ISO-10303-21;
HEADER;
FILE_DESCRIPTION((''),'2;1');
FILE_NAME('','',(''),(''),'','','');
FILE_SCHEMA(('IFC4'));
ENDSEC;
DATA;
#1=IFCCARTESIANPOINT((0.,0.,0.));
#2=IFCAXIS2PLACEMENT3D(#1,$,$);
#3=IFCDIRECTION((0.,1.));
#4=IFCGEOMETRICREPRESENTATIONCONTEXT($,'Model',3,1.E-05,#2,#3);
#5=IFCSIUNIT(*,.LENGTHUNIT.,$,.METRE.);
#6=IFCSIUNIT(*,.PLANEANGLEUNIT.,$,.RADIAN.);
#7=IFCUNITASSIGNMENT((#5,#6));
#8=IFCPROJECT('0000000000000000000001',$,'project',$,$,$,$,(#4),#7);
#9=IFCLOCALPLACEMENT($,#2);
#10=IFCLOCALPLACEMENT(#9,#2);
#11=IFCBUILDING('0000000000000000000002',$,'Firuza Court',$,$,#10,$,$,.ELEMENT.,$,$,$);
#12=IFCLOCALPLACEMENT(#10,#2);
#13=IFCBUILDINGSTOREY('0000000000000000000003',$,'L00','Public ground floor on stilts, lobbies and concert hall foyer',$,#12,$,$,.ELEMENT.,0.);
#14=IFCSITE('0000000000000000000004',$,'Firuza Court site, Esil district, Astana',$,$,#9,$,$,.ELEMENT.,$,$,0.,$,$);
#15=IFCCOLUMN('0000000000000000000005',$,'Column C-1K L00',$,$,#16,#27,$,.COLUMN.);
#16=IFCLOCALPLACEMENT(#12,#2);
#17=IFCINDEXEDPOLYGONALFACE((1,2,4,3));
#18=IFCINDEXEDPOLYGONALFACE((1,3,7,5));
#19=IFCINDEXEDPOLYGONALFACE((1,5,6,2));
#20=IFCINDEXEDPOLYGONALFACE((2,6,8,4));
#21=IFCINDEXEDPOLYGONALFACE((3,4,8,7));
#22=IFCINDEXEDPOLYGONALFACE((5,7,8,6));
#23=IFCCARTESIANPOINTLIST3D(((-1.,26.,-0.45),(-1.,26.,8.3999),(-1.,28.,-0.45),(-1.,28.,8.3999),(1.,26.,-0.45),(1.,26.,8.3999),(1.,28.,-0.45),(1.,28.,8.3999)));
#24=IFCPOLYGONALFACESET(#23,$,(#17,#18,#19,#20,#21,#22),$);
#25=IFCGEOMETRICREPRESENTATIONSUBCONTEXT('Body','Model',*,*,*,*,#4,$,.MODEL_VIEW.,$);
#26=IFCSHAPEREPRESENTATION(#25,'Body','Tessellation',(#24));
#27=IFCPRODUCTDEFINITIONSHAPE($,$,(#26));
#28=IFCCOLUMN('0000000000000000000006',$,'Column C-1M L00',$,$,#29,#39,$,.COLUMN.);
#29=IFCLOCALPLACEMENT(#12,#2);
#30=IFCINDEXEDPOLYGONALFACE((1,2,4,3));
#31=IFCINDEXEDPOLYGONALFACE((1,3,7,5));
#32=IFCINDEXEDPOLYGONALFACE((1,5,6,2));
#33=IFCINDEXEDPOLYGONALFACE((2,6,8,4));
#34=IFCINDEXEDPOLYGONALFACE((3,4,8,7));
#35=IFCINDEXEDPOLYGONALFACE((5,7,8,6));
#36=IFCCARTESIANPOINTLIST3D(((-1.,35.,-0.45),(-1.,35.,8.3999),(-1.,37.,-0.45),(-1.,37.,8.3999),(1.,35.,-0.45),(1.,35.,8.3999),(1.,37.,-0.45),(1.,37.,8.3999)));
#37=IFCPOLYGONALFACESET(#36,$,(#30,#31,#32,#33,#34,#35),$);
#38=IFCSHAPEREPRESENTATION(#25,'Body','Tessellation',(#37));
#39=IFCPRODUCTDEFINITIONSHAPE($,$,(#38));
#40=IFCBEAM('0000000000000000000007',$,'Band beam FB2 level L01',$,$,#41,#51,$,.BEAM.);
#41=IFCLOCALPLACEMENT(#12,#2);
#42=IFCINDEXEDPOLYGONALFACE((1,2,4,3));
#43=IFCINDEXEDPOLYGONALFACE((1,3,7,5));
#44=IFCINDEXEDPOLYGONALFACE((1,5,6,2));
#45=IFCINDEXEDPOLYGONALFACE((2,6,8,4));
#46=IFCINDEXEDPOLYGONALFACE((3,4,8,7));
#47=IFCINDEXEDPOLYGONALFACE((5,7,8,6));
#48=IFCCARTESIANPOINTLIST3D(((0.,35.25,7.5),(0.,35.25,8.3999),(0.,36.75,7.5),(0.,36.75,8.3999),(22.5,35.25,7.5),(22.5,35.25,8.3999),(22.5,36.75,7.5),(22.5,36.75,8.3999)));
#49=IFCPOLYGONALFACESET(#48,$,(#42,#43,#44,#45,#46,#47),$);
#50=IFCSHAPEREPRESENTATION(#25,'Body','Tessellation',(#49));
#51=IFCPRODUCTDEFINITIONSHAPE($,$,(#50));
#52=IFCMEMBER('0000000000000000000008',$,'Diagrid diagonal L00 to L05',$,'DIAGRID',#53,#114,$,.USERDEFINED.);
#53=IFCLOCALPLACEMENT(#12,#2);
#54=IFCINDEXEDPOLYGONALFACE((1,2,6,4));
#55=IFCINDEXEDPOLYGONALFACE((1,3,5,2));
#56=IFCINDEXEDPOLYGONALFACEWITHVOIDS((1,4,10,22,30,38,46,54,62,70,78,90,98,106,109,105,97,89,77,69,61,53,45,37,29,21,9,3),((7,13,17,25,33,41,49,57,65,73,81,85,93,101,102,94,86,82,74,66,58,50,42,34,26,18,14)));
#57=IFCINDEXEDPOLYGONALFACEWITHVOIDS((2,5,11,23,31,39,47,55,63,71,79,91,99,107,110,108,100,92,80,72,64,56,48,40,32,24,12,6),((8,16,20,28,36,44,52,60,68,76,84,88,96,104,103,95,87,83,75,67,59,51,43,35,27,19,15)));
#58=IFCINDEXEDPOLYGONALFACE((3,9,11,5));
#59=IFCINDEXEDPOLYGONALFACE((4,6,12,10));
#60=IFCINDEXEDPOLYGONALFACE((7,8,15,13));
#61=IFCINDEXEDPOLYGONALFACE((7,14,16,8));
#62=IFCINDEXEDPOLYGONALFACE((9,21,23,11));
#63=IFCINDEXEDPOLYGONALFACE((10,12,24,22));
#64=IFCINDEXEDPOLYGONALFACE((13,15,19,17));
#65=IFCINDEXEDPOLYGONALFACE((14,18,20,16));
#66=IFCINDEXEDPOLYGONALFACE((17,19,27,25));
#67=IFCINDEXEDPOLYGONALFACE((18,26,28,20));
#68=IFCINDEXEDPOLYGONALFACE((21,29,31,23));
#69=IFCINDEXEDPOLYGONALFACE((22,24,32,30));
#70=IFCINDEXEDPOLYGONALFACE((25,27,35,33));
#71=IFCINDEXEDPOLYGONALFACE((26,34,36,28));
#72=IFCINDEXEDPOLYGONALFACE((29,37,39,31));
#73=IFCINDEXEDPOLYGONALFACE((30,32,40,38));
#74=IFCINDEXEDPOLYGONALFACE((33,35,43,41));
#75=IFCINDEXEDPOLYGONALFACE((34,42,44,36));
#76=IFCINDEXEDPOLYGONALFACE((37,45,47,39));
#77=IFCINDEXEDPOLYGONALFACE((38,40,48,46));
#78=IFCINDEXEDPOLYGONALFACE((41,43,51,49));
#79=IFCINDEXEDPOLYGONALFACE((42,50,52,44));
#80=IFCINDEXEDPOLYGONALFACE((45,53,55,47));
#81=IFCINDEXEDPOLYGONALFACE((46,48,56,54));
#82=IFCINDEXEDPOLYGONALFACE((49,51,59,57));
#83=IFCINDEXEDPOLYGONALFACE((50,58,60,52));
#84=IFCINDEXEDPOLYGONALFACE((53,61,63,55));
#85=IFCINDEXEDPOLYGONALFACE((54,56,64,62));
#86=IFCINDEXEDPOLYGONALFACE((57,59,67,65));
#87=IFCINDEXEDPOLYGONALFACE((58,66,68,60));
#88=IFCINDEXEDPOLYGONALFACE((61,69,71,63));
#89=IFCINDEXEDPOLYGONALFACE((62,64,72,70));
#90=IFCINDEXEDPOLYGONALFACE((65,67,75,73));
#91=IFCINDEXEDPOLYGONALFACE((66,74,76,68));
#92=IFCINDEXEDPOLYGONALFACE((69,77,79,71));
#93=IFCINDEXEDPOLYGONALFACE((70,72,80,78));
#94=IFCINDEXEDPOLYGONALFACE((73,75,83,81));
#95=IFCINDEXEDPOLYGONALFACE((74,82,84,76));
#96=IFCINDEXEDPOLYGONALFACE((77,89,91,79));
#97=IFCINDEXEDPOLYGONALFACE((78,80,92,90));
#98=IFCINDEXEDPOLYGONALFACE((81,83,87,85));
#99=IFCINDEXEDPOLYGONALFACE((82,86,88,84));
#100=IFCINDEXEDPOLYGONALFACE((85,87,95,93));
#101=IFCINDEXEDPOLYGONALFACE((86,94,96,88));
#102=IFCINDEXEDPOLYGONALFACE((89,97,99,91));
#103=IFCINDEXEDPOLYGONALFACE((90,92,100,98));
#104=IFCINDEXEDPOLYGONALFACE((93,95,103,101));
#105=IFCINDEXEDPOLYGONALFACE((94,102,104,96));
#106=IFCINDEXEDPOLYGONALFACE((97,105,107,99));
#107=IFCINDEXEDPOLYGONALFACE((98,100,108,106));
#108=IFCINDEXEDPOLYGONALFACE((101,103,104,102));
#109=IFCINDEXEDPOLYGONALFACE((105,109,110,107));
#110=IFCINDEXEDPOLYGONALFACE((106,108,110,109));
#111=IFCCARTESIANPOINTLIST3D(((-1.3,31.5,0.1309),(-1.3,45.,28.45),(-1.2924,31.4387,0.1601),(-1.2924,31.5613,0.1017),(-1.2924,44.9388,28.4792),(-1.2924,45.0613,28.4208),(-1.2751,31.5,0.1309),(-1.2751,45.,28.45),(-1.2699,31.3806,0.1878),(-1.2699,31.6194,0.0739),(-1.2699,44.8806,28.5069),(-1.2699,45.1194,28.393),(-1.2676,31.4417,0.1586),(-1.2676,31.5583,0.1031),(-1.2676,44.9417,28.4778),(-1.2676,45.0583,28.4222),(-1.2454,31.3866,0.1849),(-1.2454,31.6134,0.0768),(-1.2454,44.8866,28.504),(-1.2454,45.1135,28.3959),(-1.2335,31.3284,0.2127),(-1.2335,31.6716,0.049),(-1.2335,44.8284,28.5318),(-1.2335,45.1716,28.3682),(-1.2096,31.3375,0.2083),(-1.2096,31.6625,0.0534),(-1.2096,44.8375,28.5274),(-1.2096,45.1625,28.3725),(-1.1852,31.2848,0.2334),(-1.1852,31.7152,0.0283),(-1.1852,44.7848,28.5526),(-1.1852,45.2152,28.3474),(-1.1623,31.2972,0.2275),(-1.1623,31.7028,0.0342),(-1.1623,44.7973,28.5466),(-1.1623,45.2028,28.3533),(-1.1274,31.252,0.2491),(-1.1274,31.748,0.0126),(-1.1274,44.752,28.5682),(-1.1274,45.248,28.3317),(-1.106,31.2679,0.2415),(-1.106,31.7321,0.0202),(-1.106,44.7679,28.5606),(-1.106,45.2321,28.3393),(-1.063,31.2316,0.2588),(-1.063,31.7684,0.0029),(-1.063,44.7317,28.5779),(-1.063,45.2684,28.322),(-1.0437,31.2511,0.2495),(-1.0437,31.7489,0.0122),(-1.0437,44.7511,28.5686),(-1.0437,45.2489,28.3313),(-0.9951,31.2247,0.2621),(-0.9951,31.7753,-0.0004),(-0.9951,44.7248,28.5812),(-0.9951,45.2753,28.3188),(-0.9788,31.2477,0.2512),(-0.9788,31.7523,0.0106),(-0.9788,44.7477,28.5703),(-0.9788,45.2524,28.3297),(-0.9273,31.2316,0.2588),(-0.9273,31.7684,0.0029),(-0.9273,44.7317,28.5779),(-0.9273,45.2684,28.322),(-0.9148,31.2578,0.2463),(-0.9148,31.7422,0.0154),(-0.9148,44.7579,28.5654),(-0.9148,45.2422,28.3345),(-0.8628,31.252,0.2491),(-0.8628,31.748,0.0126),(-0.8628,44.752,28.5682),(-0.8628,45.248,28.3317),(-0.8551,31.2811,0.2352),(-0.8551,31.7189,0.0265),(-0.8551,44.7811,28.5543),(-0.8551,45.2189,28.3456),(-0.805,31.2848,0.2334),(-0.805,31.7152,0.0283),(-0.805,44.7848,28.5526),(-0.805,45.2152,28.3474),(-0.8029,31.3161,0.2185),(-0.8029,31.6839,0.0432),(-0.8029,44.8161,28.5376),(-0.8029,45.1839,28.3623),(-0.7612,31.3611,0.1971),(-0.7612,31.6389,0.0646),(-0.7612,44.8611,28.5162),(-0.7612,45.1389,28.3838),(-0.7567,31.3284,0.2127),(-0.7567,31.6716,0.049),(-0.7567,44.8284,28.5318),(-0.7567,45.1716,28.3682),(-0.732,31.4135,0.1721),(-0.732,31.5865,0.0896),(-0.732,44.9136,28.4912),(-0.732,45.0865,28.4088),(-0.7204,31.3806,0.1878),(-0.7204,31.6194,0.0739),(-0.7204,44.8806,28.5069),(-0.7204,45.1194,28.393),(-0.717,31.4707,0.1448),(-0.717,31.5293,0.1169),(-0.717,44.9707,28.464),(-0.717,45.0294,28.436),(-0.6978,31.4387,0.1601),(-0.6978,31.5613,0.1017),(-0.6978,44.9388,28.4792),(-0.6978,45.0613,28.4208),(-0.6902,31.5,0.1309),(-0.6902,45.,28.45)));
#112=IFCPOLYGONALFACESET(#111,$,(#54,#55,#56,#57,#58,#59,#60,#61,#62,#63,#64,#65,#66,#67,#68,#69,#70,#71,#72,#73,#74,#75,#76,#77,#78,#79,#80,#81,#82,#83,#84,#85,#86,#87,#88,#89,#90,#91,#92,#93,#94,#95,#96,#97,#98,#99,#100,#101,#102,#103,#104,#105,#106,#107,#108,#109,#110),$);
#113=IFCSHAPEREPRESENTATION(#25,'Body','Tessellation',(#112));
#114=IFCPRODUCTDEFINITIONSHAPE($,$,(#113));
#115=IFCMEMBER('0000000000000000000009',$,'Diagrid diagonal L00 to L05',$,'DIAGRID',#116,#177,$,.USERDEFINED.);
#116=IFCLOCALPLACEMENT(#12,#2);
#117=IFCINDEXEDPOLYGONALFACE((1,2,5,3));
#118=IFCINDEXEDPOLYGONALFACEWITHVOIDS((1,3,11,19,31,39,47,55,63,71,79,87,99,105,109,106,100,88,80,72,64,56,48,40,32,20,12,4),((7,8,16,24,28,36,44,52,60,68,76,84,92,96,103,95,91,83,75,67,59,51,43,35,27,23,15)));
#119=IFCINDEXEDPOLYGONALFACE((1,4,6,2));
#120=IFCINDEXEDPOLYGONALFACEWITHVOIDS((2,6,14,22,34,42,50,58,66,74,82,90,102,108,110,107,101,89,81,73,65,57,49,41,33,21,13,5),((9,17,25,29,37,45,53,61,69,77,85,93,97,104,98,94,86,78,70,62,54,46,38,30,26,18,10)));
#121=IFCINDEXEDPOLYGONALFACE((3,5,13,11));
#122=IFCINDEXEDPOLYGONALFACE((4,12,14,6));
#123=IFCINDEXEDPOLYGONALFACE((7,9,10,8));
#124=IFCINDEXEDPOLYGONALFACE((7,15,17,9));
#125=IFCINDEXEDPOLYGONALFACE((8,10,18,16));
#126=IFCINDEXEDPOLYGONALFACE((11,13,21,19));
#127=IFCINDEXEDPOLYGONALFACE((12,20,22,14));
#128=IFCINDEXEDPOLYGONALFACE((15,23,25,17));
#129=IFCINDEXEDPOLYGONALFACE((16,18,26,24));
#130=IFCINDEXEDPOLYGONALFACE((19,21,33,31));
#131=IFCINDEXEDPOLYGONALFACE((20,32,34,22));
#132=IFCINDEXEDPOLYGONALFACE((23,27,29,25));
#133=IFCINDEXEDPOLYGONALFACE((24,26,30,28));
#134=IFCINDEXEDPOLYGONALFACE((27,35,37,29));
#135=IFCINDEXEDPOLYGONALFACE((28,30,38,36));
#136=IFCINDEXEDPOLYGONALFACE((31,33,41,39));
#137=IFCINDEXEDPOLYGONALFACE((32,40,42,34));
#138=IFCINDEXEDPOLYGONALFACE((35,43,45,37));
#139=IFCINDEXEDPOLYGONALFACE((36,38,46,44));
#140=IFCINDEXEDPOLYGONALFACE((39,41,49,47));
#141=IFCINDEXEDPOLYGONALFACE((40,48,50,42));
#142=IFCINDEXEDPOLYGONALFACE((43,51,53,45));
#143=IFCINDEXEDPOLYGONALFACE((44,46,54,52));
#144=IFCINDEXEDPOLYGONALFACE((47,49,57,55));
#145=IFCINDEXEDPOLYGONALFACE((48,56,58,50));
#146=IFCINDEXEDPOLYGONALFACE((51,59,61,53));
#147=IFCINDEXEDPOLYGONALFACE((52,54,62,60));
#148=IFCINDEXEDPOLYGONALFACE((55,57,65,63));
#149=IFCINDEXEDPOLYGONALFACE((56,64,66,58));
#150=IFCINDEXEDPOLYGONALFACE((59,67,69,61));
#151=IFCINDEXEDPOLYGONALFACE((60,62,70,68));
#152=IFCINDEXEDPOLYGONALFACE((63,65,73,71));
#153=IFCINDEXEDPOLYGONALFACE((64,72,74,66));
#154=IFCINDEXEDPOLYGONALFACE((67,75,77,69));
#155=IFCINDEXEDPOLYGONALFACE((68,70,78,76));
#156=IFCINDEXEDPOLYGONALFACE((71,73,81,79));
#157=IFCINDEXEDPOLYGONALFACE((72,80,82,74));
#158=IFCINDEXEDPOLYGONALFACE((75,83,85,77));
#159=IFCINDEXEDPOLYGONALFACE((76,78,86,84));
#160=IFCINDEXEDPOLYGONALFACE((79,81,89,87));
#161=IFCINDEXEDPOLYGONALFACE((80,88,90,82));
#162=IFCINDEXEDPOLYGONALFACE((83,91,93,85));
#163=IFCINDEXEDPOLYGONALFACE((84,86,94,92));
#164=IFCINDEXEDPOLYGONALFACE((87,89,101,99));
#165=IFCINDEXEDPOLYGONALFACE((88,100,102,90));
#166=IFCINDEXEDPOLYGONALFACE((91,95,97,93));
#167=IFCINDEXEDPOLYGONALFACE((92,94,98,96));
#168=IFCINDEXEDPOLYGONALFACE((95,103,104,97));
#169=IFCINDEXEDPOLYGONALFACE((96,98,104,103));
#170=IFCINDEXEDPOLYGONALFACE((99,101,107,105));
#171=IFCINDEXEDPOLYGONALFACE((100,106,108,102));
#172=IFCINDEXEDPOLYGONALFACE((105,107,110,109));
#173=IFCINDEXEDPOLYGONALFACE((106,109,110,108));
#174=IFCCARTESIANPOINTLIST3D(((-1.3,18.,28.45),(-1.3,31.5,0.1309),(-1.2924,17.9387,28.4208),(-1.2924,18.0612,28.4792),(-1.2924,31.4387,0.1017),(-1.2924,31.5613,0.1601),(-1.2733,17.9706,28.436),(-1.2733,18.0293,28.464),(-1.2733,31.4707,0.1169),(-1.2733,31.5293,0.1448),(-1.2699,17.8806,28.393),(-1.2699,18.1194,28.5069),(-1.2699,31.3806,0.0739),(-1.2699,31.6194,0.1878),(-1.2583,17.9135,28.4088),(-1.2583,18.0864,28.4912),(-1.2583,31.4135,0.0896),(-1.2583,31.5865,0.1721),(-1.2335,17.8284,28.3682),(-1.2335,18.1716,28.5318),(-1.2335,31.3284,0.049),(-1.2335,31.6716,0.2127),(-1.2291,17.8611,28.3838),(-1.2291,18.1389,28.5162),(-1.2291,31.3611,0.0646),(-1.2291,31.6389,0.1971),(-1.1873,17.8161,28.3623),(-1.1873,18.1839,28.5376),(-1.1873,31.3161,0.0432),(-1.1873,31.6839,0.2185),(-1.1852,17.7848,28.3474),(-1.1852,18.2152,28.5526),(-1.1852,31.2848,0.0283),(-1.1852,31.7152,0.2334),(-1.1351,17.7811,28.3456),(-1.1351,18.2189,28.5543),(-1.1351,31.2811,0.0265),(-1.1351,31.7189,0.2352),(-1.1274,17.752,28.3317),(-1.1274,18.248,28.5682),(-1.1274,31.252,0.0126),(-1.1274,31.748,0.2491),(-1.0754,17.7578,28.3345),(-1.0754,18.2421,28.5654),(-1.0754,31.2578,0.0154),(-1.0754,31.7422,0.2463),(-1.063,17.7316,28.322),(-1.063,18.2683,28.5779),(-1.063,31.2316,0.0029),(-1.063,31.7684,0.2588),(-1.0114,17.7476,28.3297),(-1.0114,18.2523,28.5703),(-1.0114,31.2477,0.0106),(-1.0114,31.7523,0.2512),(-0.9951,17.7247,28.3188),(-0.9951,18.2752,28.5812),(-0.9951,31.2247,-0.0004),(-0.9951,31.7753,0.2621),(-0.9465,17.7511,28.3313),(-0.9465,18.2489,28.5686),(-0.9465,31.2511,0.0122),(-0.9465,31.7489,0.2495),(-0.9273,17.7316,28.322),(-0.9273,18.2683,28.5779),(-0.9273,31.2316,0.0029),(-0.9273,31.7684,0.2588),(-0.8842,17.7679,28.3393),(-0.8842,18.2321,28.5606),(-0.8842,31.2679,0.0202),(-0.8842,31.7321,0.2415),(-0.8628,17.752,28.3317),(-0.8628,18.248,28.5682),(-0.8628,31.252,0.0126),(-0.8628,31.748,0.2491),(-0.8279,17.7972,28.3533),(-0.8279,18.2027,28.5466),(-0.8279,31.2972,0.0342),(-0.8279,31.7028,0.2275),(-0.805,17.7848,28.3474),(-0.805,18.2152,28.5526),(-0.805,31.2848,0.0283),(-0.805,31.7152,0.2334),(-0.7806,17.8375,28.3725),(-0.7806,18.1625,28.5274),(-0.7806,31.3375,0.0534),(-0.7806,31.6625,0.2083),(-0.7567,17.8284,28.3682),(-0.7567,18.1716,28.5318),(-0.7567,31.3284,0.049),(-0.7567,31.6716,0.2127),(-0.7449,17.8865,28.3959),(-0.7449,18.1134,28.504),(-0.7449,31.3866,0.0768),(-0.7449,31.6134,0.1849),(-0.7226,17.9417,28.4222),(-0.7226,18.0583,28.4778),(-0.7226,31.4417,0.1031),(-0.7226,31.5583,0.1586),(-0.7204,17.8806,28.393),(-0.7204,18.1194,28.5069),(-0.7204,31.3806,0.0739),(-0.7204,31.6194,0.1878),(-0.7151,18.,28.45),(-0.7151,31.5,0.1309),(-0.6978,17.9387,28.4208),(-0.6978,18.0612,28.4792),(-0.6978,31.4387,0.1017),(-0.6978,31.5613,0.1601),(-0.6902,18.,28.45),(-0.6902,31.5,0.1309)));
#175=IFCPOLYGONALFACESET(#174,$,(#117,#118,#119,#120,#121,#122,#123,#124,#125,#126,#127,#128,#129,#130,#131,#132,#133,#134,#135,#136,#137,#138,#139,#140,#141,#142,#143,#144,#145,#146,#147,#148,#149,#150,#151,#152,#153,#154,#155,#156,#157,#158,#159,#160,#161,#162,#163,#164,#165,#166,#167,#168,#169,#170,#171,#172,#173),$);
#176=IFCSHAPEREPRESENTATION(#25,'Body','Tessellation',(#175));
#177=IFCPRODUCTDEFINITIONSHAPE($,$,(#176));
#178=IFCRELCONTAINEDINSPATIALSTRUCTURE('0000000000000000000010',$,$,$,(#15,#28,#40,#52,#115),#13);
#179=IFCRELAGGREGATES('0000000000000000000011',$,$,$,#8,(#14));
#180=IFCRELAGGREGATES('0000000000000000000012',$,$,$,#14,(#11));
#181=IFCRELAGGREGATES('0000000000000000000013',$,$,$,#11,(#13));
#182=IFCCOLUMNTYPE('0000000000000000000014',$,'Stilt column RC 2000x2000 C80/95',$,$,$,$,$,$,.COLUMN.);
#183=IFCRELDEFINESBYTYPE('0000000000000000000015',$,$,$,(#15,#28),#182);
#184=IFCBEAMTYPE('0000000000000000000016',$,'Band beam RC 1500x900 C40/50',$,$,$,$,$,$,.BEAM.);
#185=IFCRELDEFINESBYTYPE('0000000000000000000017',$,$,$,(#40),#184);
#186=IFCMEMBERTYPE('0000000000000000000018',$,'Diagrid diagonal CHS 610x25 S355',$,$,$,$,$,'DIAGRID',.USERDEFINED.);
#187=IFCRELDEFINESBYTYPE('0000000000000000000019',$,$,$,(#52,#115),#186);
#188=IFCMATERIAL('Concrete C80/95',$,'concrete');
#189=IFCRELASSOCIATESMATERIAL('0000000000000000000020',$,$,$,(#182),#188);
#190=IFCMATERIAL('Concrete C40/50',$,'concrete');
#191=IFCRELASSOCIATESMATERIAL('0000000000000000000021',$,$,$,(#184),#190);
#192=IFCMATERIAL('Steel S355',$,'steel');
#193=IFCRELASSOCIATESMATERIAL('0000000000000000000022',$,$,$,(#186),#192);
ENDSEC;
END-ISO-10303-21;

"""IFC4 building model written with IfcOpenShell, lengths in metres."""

from ifc_helpers import new_model, si_unit, direction, frame, origin, origin_2d, place, context, subcontext, project, spatial, rectangle, hollow_circle, extrude, material, material_profile, profile_set, type_object, element, save


model = new_model("IFC4")

# Units and contexts
model_context = context("Model", 3, precision=1e-05, world=origin(), true_north=direction((0.0, 1.0)))
body_context = subcontext(model_context, "Body", "Model", "MODEL_VIEW")
ifc_project = project(units=[si_unit("LENGTHUNIT", "METRE"), si_unit("PLANEANGLEUNIT", "RADIAN")], contexts=[model_context])

# Site, building, storey
site_placement = place(None, origin())
site = spatial("IfcSite", under=ifc_project, at=site_placement, Name="Firuza Court site, Esil district, Astana", CompositionType="ELEMENT", RefElevation=0.0)
building_placement = place(site_placement, origin())
building = spatial("IfcBuilding", under=site, at=building_placement, Name="Firuza Court", CompositionType="ELEMENT")
storey_placement = place(building_placement, origin())
storey = spatial("IfcBuildingStorey", under=building, at=storey_placement, Name="L00", Description="Public ground floor on stilts, lobbies and concert hall foyer", CompositionType="ELEMENT", Elevation=0.0)

# Columns
ifc_material_1 = material(Name="Concrete C80/95", Category="concrete")
ifc_material_profile_1 = material_profile(ifc_material_1, rectangle(XDim=2.0, YDim=2.0, at=origin_2d()), Name="RC 2000x2000")
ifc_profile_set_1 = profile_set([ifc_material_profile_1], Name="Concrete C80/95")
column_type = type_object("IfcColumnType", Name="Stilt column RC 2000x2000 C80/95", PredefinedType="COLUMN", material=ifc_profile_set_1)
for number, where, z_axis, x_axis, name in (
    (1, (0.0, 27.0, -0.45), (0.0, 0.0, 1.0), (1.0, 0.0, 0.0), "Column C-1K L00"),
    (2, (0.0, 36.0, -0.45), (0.0, 0.0, 1.0), (1.0, 0.0, 0.0), "Column C-1M L00"),
):
    element("IfcColumn", number, at=place(storey_placement, frame(where, z_axis=z_axis, x_axis=x_axis)), inside=storey, type_object=column_type, Name=name, PredefinedType="COLUMN", context=body_context, shape_type="SweptSolid", body=[
        extrude(rectangle(XDim=2.0, YDim=2.0, at=origin_2d()), origin(), (0.0, 0.0, 1.0), 8.8499),
    ])

# Beam
ifc_material_2 = material(Name="Concrete C40/50", Category="concrete")
ifc_material_profile_2 = material_profile(ifc_material_2, rectangle(XDim=1.5, YDim=0.8999, at=origin_2d()), Name="RC 1500x900")
ifc_profile_set_2 = profile_set([ifc_material_profile_2], Name="Concrete C40/50")
beam_type_1 = type_object("IfcBeamType", Name="Band beam RC 1500x900 C40/50", PredefinedType="BEAM", material=ifc_profile_set_2)
beam_placement = place(storey_placement, frame((0.0, 36.0, 7.95), z_axis=(1.0, 0.0, 0.0), x_axis=(0.0, 1.0, 0.0)))
element("IfcBeam", 3, at=beam_placement, inside=storey, type_object=beam_type_1, Name="Band beam FB2 level L01", PredefinedType="BEAM", context=body_context, shape_type="SweptSolid", body=[
    extrude(rectangle(XDim=1.5, YDim=0.8999, at=origin_2d()), origin(), (0.0, 0.0, 1.0), 22.5),
])

# Members
ifc_material_3 = material(Name="Steel S355", Category="steel")
ifc_material_profile_3 = material_profile(ifc_material_3, hollow_circle(Radius=0.3049, WallThickness=0.0249, at=origin_2d()), Name="CHS 610x25")
ifc_profile_set_3 = profile_set([ifc_material_profile_3], Name="Steel S355")
member_type_1 = type_object("IfcMemberType", Name="Diagrid diagonal CHS 610x25 S355", ElementType="DIAGRID", PredefinedType="USERDEFINED", material=ifc_profile_set_3)
for number, where, z_axis, x_axis, name in (
    (4, (-0.9951, 31.5, 0.1309), (0.0, 0.430316, 0.902678), (-1.0, 0.0, 0.0), "Diagrid diagonal L00 to L05"),
    (5, (-0.9951, 31.5, 0.1309), (0.0, -0.430316, 0.902678), (1.0, 0.0, 0.0), "Diagrid diagonal L00 to L05"),
):
    element("IfcMember", number, at=place(storey_placement, frame(where, z_axis=z_axis, x_axis=x_axis)), inside=storey, type_object=member_type_1, Name=name, ObjectType="DIAGRID", PredefinedType="USERDEFINED", context=body_context, shape_type="SweptSolid", body=[
        extrude(hollow_circle(Radius=0.3049, WallThickness=0.0249, at=origin_2d()), origin(), (0.0, 0.0, 1.0), 31.3723),
    ])

save(model, "model.ifc")
